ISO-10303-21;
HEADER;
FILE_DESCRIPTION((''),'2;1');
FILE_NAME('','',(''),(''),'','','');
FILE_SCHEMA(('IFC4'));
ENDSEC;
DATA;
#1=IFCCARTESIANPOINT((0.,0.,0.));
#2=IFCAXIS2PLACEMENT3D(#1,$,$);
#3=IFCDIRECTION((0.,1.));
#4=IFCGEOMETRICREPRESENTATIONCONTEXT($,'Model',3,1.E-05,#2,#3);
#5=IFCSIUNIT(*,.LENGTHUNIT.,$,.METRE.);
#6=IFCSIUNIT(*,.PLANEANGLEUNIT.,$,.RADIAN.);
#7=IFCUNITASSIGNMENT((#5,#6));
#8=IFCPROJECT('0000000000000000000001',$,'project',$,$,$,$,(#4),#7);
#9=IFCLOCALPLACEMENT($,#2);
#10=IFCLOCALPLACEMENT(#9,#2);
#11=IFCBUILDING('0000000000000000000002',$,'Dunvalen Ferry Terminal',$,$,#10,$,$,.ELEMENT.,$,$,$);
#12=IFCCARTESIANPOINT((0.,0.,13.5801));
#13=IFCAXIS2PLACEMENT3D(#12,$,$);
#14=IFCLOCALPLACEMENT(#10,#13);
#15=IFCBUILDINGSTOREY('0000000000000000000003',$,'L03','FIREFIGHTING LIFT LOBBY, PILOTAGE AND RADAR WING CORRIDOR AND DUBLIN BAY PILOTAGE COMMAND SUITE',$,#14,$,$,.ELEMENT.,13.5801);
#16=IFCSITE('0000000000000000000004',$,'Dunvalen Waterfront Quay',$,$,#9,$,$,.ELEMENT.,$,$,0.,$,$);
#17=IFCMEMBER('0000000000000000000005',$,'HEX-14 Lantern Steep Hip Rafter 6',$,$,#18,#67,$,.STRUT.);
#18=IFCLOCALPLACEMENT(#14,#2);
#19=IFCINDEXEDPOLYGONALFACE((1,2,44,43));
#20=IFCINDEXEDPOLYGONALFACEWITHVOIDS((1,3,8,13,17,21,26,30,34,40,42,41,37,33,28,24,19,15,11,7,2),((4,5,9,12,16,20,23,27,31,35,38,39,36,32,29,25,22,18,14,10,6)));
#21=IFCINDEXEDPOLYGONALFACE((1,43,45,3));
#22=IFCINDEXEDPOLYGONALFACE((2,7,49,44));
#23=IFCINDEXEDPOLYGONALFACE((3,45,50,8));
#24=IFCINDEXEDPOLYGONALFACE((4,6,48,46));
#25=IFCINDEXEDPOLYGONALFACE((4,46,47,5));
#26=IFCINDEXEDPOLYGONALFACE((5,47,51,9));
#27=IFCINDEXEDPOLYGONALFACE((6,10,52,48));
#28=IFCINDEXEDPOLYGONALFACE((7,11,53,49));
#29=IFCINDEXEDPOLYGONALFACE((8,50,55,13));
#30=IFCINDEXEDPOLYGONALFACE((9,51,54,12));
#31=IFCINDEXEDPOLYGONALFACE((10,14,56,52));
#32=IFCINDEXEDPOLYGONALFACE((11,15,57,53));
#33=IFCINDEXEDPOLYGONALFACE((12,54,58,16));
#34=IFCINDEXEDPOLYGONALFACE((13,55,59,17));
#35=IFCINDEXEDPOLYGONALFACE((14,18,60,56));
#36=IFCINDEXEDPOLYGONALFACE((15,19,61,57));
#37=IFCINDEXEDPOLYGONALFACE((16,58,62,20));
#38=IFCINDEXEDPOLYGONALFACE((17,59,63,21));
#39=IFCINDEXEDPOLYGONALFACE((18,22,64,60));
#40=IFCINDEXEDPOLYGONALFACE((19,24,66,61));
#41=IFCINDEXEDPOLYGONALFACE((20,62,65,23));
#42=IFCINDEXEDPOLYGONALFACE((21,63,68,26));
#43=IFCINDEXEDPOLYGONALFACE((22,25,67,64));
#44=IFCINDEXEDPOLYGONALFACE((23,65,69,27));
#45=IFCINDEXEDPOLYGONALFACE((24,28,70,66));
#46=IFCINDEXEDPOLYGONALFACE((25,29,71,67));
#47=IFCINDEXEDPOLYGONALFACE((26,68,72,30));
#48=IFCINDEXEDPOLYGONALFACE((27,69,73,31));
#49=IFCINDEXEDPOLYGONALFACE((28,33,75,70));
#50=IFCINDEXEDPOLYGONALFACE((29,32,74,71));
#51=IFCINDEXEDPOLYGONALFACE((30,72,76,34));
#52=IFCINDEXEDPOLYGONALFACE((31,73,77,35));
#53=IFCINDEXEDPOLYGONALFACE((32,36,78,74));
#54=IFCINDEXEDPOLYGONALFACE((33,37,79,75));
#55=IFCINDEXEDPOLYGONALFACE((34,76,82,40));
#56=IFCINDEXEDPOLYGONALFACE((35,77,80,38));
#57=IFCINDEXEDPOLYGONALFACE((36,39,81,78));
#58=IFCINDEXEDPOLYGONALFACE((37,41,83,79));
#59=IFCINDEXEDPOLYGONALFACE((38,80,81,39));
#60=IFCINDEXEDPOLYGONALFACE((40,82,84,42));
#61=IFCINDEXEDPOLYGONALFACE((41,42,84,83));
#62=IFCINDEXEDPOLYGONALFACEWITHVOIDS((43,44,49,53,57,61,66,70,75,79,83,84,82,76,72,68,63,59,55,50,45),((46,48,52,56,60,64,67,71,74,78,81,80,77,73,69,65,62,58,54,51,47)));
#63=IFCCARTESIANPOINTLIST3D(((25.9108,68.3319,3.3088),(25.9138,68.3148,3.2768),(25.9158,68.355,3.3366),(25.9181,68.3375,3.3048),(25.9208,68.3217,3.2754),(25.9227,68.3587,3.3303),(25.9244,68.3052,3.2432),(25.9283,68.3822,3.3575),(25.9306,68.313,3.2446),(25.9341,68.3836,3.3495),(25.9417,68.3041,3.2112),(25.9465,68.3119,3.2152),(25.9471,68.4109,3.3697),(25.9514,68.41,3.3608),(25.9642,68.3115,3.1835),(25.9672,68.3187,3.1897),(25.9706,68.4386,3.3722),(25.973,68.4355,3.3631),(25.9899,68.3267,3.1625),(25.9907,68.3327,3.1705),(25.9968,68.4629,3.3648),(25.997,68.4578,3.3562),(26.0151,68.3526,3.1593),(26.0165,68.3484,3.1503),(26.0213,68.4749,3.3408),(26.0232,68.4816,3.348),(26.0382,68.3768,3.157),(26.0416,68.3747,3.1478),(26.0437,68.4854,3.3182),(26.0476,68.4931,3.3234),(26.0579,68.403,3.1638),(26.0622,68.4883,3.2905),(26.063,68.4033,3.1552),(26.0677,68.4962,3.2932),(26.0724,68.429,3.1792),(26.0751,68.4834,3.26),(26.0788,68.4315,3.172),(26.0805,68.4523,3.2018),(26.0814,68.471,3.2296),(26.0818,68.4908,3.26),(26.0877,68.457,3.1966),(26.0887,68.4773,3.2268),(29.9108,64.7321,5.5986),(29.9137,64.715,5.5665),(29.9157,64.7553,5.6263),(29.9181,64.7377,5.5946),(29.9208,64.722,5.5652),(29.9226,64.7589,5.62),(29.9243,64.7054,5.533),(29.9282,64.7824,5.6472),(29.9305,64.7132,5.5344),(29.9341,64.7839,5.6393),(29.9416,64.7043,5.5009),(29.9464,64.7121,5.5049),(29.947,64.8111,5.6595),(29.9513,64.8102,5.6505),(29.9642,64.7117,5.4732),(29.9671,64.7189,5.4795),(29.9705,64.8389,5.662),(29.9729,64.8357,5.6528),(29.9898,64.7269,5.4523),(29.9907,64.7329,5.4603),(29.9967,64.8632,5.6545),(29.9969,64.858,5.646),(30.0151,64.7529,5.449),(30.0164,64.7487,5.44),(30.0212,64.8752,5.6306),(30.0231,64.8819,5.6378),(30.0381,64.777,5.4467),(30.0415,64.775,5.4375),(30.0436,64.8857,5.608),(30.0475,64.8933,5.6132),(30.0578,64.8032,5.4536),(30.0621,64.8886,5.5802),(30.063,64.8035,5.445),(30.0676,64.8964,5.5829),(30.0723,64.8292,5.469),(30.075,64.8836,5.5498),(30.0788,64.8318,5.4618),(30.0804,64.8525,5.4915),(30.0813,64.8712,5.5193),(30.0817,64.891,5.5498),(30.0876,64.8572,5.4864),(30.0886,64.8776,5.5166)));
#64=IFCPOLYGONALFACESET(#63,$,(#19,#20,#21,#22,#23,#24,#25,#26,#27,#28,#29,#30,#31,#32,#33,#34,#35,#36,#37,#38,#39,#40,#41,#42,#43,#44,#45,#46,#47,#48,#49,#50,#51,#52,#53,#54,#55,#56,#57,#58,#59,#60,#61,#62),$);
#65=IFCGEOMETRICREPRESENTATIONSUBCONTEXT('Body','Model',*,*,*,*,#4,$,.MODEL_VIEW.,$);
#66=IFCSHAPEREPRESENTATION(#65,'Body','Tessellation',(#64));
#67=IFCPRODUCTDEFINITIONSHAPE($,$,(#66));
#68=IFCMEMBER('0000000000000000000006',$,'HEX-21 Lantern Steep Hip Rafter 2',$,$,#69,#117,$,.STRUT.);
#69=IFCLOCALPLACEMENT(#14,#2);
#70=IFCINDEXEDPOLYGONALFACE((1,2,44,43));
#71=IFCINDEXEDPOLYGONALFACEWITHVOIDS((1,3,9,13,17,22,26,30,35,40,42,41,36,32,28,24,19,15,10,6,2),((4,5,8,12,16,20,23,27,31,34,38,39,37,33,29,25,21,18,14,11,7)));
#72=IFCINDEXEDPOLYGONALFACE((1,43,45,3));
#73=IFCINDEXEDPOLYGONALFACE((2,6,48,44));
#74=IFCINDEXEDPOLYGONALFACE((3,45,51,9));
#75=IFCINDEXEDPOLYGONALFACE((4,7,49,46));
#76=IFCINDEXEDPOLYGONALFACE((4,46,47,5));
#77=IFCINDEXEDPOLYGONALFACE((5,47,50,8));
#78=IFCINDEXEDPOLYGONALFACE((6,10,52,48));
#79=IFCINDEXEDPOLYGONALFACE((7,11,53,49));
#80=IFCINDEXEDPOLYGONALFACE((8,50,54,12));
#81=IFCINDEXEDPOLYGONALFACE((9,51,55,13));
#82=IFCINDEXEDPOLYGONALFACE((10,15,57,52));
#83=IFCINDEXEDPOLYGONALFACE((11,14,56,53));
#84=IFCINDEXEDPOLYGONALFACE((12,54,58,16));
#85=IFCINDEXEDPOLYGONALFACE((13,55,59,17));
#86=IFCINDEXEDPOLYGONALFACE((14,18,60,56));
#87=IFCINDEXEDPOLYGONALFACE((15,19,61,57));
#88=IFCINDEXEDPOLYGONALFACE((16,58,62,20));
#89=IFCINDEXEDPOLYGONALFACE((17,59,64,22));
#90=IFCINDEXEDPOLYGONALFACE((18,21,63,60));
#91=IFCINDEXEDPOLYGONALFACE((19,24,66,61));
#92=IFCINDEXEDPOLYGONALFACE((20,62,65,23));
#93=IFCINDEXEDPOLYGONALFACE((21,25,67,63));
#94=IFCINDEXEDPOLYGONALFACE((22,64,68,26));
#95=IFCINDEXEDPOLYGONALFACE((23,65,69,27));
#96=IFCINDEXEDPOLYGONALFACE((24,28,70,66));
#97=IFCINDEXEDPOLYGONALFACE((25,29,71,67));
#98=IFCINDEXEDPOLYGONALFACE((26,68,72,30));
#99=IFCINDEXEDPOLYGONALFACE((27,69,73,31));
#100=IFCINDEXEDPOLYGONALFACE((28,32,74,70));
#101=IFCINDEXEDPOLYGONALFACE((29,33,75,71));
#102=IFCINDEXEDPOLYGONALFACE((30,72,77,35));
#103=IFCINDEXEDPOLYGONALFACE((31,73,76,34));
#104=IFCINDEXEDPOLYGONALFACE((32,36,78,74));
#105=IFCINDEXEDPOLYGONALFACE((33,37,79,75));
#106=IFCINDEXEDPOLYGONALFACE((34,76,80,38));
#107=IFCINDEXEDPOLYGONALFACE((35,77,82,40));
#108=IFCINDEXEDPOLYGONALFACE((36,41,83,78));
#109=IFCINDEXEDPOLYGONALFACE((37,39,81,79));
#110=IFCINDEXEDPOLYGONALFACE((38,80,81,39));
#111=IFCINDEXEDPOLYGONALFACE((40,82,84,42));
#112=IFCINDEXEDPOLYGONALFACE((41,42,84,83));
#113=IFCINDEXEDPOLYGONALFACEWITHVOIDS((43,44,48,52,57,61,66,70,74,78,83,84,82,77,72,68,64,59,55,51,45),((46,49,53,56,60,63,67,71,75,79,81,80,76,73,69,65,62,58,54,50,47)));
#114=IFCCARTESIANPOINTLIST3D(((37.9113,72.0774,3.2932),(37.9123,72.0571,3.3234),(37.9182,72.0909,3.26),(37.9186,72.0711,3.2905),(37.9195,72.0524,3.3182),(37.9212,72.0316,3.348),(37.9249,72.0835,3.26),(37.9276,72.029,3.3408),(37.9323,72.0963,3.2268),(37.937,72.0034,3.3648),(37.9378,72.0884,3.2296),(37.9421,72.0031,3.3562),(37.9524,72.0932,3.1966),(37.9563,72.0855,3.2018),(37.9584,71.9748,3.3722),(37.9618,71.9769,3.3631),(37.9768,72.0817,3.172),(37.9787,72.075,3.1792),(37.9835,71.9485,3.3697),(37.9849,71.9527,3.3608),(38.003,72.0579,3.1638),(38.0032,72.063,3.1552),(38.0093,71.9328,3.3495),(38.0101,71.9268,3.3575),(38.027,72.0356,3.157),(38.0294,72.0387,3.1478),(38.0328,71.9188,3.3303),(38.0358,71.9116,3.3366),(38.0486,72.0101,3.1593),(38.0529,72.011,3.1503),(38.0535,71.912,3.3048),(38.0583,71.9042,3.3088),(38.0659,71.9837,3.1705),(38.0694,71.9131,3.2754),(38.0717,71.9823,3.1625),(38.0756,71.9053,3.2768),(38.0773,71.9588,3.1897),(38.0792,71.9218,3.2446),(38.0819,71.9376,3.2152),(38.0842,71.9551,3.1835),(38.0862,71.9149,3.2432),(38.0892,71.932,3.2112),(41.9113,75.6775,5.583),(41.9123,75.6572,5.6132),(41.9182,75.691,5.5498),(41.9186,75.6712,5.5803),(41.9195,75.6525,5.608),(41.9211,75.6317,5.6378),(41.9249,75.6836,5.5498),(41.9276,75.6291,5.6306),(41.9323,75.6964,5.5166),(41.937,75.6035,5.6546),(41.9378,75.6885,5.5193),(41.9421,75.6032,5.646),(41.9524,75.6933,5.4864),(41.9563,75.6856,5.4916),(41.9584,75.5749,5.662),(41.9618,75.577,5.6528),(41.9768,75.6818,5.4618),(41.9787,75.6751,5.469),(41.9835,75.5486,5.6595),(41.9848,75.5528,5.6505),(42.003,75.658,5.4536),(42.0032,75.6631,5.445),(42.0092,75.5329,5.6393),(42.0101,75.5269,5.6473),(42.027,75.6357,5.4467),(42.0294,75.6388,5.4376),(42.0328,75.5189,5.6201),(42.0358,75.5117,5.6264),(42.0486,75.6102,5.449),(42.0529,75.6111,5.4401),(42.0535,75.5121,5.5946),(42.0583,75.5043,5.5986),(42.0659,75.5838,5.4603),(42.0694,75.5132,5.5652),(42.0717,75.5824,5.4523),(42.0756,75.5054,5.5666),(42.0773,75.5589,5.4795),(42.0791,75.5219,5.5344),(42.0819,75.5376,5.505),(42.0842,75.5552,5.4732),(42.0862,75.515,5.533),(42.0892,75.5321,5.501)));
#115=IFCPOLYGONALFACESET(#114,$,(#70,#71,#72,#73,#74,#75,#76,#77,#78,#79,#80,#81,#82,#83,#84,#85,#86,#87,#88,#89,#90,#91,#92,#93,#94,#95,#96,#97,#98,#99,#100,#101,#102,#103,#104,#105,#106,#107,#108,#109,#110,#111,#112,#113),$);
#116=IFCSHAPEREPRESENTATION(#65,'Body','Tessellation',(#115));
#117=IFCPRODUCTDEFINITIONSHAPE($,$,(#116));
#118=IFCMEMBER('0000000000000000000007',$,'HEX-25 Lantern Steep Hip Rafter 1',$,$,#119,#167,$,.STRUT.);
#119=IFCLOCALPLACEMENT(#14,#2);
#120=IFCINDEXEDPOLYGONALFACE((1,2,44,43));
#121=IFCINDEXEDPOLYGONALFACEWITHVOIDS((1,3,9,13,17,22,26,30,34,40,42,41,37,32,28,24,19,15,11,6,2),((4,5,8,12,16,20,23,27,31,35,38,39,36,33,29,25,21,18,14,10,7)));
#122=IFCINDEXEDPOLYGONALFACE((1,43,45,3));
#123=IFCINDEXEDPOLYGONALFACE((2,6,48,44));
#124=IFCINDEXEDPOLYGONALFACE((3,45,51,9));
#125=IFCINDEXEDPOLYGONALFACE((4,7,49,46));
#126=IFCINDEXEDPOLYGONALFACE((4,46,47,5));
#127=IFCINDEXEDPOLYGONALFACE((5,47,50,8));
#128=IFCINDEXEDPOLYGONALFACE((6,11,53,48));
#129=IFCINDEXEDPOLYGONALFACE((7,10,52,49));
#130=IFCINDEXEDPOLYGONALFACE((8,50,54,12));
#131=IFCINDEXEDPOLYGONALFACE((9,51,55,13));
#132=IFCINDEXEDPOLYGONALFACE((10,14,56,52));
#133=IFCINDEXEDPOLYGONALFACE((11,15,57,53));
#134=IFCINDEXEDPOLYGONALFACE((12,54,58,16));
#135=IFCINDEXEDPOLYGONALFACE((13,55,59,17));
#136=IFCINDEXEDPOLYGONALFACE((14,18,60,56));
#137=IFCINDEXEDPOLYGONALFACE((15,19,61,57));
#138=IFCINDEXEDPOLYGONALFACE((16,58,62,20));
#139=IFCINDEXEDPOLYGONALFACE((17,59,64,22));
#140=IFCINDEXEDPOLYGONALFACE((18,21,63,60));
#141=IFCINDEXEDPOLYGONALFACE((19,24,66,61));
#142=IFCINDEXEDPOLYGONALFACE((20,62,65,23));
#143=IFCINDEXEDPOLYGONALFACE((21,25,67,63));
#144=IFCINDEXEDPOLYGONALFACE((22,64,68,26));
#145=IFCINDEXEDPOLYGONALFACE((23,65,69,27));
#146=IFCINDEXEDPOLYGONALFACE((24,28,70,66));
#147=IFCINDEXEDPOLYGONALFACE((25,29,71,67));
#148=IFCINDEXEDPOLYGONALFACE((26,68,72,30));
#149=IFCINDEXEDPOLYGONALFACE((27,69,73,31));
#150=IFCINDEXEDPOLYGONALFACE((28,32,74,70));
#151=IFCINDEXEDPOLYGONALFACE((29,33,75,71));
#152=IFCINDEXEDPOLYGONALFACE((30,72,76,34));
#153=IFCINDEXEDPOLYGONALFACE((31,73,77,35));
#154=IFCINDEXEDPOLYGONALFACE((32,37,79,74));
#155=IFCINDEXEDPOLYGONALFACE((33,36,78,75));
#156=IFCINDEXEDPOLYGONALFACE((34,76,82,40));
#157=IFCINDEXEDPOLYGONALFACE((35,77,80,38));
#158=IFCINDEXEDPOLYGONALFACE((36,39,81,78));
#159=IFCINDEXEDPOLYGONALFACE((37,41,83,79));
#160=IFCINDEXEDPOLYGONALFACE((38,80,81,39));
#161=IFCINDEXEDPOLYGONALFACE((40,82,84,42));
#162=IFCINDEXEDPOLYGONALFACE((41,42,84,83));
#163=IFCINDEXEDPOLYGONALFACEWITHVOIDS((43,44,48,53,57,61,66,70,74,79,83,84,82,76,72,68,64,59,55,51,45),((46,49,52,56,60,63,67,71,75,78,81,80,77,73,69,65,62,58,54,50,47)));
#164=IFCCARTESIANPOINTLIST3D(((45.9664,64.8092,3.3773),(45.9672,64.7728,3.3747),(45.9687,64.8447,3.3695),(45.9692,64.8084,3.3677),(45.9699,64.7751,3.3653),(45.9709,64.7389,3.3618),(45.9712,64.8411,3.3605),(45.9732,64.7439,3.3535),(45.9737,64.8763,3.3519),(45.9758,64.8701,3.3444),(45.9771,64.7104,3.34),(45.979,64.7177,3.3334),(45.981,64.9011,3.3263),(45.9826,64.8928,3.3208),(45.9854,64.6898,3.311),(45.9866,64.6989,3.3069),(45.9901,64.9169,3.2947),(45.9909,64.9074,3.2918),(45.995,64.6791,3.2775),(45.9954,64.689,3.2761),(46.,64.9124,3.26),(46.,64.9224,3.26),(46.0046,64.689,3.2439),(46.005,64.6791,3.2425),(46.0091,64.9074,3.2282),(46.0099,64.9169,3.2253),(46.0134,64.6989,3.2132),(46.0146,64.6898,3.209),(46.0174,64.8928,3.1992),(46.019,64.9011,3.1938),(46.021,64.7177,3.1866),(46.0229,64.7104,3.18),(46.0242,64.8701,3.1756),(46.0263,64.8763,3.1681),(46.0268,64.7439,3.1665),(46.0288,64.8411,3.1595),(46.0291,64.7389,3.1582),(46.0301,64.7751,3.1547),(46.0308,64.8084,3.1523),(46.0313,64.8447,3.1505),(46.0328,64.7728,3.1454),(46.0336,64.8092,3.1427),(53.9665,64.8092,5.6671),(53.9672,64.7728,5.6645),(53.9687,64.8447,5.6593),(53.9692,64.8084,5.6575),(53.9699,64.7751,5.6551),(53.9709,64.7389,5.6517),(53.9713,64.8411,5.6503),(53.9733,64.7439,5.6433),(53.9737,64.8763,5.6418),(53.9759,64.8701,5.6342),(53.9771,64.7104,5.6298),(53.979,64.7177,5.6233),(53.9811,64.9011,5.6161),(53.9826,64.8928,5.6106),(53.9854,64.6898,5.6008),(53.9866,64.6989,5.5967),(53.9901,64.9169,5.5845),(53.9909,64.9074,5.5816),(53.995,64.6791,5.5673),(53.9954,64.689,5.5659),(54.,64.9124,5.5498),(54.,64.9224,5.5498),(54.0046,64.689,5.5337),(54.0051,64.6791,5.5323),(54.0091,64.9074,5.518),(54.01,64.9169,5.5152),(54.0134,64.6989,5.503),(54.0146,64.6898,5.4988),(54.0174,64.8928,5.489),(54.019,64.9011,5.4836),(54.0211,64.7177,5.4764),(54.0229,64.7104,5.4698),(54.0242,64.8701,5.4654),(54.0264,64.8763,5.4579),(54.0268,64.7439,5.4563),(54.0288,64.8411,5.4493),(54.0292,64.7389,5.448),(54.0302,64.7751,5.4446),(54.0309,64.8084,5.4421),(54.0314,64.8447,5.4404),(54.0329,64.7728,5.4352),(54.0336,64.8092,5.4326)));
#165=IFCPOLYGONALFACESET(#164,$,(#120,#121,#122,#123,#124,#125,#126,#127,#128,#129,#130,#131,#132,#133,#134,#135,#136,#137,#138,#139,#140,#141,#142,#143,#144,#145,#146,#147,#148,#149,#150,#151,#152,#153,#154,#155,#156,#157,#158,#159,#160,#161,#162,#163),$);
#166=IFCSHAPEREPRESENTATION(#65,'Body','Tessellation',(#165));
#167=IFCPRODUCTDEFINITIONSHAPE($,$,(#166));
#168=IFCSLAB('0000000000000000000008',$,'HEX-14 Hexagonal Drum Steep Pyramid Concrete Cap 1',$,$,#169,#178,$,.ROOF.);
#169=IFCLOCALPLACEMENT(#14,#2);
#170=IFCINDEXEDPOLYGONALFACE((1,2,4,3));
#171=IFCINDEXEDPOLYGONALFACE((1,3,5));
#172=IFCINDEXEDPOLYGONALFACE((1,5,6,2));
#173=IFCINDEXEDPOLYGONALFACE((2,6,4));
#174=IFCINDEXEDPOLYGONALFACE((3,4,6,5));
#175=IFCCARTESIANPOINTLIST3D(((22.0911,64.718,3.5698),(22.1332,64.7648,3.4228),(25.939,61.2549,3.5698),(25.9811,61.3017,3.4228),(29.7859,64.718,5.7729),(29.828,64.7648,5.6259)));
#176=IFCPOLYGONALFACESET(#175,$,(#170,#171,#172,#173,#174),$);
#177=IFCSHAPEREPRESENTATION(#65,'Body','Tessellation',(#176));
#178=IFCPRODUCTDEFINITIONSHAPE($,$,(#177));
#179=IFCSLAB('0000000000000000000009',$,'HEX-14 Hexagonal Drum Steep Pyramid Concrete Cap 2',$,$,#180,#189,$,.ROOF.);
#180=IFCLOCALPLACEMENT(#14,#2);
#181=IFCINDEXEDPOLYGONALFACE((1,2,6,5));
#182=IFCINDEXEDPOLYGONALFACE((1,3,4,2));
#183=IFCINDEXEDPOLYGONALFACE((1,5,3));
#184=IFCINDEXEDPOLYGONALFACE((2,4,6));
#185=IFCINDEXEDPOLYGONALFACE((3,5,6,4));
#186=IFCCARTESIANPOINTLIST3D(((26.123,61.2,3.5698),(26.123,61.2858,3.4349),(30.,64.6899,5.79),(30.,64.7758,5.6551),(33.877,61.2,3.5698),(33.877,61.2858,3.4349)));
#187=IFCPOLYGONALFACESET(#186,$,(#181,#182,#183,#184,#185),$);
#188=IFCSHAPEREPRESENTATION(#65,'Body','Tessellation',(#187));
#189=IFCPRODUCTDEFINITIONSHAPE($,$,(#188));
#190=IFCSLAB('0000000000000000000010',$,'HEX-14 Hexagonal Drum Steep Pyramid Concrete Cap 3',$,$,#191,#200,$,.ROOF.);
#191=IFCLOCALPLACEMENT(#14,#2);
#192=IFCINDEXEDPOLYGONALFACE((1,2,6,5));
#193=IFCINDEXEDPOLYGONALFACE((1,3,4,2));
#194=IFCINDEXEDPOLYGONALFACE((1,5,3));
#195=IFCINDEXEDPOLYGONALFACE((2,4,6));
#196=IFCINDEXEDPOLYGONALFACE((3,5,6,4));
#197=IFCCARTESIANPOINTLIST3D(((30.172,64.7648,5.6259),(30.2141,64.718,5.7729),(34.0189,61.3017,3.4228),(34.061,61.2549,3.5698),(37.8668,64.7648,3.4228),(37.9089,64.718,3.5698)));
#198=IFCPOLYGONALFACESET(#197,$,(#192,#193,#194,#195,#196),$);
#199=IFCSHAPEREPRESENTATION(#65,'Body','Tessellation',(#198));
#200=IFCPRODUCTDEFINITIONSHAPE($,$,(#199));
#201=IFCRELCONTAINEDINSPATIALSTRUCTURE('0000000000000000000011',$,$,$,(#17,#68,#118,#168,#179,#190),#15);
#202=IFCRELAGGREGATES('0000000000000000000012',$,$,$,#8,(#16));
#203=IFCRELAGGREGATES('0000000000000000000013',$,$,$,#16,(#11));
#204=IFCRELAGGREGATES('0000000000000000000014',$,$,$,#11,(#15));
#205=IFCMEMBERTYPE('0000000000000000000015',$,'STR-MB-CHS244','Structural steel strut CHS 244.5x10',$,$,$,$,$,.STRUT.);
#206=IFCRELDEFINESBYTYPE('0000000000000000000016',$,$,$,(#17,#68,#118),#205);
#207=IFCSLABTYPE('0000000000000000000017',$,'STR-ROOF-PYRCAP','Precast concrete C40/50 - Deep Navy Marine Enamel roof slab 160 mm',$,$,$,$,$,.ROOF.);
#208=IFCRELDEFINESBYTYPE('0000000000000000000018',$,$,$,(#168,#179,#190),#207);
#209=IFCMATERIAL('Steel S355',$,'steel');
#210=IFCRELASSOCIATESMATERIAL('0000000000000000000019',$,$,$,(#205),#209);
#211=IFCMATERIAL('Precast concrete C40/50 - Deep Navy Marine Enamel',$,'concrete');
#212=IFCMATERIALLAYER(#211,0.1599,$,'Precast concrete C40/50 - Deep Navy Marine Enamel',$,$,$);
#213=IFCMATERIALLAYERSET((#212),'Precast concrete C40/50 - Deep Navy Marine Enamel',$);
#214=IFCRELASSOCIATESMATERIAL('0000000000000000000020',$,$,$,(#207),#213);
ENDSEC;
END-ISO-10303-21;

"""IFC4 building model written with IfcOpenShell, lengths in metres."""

from ifc_helpers import new_model, si_unit, direction, frame, origin, origin_2d, place, context, subcontext, project, spatial, polyline, hollow_circle, outline, extrude, material, layer, layer_set, material_profile, profile_set, type_object, element, save


model = new_model("IFC4")

# Units and contexts
model_context = context("Model", 3, precision=1e-05, world=origin(), true_north=direction((0.0, 1.0)))
body_context = subcontext(model_context, "Body", "Model", "MODEL_VIEW")
ifc_project = project(units=[si_unit("LENGTHUNIT", "METRE"), si_unit("PLANEANGLEUNIT", "RADIAN")], contexts=[model_context])

# Site, building, storey
site_placement = place(None, origin())
site = spatial("IfcSite", under=ifc_project, at=site_placement, Name="Dunvalen Waterfront Quay", CompositionType="ELEMENT", RefElevation=0.0)
building_placement = place(site_placement, origin())
building = spatial("IfcBuilding", under=site, at=building_placement, Name="Dunvalen Ferry Terminal", CompositionType="ELEMENT")
storey_placement = place(building_placement, frame((0.0, 0.0, 13.5801)))
storey = spatial("IfcBuildingStorey", under=building, at=storey_placement, Name="L03", Description="FIREFIGHTING LIFT LOBBY, PILOTAGE AND RADAR WING CORRIDOR AND DUBLIN BAY PILOTAGE COMMAND SUITE", CompositionType="ELEMENT", Elevation=13.5801)

# Shared definitions
ifc_material_1 = material(Name="Steel S355", Category="steel")

# Members
ifc_material_profile_1 = material_profile(ifc_material_1, hollow_circle(Radius=0.1223, WallThickness=0.01, at=origin_2d()), Name="Steel S355")
ifc_profile_set_1 = profile_set([ifc_material_profile_1], Name="Steel S355")
member_type = type_object("IfcMemberType", Name="STR-MB-CHS244", Description="Structural steel strut CHS 244.5x10", PredefinedType="STRUT", material=ifc_profile_set_1)
for number, where, z_axis, x_axis, name in (
    (1, (26.0, 68.3999, 3.26), (0.683965, -0.615543, 0.391535), (0.66895, 0.743308, 0.0), "HEX-14 Lantern Steep Hip Rafter 6"),
):
    element("IfcMember", number, at=place(storey_placement, frame(where, z_axis=z_axis, x_axis=x_axis)), inside=storey, type_object=member_type, Name=name, PredefinedType="STRUT", context=body_context, shape_type="SweptSolid", body=[
        extrude(hollow_circle(Radius=0.1223, WallThickness=0.01, at=origin_2d()), origin(), (0.0, 0.0, 1.0), 5.8481),
    ])
member_1_placement = place(storey_placement, frame((38.0, 72.0, 3.26), z_axis=(0.683947, 0.615569, 0.391525), x_axis=(-0.668975, 0.743285, 0.0)))
element("IfcMember", 2, at=member_1_placement, inside=storey, type_object=member_type, Name="HEX-21 Lantern Steep Hip Rafter 2", PredefinedType="STRUT", context=body_context, shape_type="SweptSolid", body=[
    extrude(hollow_circle(Radius=0.1223, WallThickness=0.01, at=origin_2d()), origin(), (0.0, 0.0, 1.0), 5.8484),
])
member_2_placement = place(storey_placement, frame((46.0, 64.8, 3.26), z_axis=(0.961394, 0.0, 0.275174), x_axis=(0.0, 1.0, 0.0)))
element("IfcMember", 3, at=member_2_placement, inside=storey, type_object=member_type, Name="HEX-25 Lantern Steep Hip Rafter 1", PredefinedType="STRUT", context=body_context, shape_type="SweptSolid", body=[
    extrude(hollow_circle(Radius=0.1223, WallThickness=0.01, at=origin_2d()), origin(), (0.0, 0.0, 1.0), 8.3213),
])

# Slabs
ifc_material_2 = material(Name="Precast concrete C40/50 - Deep Navy Marine Enamel", Category="concrete")
ifc_layer = layer(ifc_material_2, 0.1599, Name="Precast concrete C40/50 - Deep Navy Marine Enamel")
ifc_layer_set = layer_set([ifc_layer], Name="Precast concrete C40/50 - Deep Navy Marine Enamel")
slab_type = type_object("IfcSlabType", Name="STR-ROOF-PYRCAP", Description="Precast concrete C40/50 - Deep Navy Marine Enamel roof slab 160 mm", PredefinedType="ROOF", material=ifc_layer_set)
slab_1_placement = place(storey_placement, frame((22.0911, 64.718, 3.5698), z_axis=(-0.263218, -0.292462, 0.919338), x_axis=(0.743292, -0.668967, 0.0)))
element("IfcSlab", 4, at=slab_1_placement, inside=storey, type_object=slab_type, Name="HEX-14 Hexagonal Drum Steep Pyramid Concrete Cap 1", PredefinedType="ROOF", context=body_context, shape_type="SweptSolid", body=[
    extrude(outline(polyline([(0.0, 0.0), (5.1768, 0.0), (5.7195, 5.5992), (0.0, 0.0)])), origin(), (0.0, 0.0, -1.0), 0.1599),
])
slab_2_placement = place(storey_placement, frame((26.123, 61.2, 3.5698), z_axis=(0.0, -0.536757, 0.843737), x_axis=(1.0, 0.0, 0.0)))
element("IfcSlab", 5, at=slab_2_placement, inside=storey, type_object=slab_type, Name="HEX-14 Hexagonal Drum Steep Pyramid Concrete Cap 2", PredefinedType="ROOF", context=body_context, shape_type="SweptSolid", body=[
    extrude(outline(polyline([(0.0, 0.0), (7.7539, 0.0), (3.877, 4.1363), (0.0, 0.0)])), origin(), (0.0, 0.0, -1.0), 0.1599),
])
slab_3_placement = place(storey_placement, frame((34.061, 61.2549, 3.5698), z_axis=(0.263218, -0.292462, 0.919338), x_axis=(0.743292, 0.668967, 0.0)))
element("IfcSlab", 6, at=slab_3_placement, inside=storey, type_object=slab_type, Name="HEX-14 Hexagonal Drum Steep Pyramid Concrete Cap 3", PredefinedType="ROOF", context=body_context, shape_type="SweptSolid", body=[
    extrude(outline(polyline([(0.0, 0.0), (5.1768, 0.0), (-0.5427, 5.5992), (0.0, 0.0)])), origin(), (0.0, 0.0, -1.0), 0.1599),
])

save(model, "model.ifc")
